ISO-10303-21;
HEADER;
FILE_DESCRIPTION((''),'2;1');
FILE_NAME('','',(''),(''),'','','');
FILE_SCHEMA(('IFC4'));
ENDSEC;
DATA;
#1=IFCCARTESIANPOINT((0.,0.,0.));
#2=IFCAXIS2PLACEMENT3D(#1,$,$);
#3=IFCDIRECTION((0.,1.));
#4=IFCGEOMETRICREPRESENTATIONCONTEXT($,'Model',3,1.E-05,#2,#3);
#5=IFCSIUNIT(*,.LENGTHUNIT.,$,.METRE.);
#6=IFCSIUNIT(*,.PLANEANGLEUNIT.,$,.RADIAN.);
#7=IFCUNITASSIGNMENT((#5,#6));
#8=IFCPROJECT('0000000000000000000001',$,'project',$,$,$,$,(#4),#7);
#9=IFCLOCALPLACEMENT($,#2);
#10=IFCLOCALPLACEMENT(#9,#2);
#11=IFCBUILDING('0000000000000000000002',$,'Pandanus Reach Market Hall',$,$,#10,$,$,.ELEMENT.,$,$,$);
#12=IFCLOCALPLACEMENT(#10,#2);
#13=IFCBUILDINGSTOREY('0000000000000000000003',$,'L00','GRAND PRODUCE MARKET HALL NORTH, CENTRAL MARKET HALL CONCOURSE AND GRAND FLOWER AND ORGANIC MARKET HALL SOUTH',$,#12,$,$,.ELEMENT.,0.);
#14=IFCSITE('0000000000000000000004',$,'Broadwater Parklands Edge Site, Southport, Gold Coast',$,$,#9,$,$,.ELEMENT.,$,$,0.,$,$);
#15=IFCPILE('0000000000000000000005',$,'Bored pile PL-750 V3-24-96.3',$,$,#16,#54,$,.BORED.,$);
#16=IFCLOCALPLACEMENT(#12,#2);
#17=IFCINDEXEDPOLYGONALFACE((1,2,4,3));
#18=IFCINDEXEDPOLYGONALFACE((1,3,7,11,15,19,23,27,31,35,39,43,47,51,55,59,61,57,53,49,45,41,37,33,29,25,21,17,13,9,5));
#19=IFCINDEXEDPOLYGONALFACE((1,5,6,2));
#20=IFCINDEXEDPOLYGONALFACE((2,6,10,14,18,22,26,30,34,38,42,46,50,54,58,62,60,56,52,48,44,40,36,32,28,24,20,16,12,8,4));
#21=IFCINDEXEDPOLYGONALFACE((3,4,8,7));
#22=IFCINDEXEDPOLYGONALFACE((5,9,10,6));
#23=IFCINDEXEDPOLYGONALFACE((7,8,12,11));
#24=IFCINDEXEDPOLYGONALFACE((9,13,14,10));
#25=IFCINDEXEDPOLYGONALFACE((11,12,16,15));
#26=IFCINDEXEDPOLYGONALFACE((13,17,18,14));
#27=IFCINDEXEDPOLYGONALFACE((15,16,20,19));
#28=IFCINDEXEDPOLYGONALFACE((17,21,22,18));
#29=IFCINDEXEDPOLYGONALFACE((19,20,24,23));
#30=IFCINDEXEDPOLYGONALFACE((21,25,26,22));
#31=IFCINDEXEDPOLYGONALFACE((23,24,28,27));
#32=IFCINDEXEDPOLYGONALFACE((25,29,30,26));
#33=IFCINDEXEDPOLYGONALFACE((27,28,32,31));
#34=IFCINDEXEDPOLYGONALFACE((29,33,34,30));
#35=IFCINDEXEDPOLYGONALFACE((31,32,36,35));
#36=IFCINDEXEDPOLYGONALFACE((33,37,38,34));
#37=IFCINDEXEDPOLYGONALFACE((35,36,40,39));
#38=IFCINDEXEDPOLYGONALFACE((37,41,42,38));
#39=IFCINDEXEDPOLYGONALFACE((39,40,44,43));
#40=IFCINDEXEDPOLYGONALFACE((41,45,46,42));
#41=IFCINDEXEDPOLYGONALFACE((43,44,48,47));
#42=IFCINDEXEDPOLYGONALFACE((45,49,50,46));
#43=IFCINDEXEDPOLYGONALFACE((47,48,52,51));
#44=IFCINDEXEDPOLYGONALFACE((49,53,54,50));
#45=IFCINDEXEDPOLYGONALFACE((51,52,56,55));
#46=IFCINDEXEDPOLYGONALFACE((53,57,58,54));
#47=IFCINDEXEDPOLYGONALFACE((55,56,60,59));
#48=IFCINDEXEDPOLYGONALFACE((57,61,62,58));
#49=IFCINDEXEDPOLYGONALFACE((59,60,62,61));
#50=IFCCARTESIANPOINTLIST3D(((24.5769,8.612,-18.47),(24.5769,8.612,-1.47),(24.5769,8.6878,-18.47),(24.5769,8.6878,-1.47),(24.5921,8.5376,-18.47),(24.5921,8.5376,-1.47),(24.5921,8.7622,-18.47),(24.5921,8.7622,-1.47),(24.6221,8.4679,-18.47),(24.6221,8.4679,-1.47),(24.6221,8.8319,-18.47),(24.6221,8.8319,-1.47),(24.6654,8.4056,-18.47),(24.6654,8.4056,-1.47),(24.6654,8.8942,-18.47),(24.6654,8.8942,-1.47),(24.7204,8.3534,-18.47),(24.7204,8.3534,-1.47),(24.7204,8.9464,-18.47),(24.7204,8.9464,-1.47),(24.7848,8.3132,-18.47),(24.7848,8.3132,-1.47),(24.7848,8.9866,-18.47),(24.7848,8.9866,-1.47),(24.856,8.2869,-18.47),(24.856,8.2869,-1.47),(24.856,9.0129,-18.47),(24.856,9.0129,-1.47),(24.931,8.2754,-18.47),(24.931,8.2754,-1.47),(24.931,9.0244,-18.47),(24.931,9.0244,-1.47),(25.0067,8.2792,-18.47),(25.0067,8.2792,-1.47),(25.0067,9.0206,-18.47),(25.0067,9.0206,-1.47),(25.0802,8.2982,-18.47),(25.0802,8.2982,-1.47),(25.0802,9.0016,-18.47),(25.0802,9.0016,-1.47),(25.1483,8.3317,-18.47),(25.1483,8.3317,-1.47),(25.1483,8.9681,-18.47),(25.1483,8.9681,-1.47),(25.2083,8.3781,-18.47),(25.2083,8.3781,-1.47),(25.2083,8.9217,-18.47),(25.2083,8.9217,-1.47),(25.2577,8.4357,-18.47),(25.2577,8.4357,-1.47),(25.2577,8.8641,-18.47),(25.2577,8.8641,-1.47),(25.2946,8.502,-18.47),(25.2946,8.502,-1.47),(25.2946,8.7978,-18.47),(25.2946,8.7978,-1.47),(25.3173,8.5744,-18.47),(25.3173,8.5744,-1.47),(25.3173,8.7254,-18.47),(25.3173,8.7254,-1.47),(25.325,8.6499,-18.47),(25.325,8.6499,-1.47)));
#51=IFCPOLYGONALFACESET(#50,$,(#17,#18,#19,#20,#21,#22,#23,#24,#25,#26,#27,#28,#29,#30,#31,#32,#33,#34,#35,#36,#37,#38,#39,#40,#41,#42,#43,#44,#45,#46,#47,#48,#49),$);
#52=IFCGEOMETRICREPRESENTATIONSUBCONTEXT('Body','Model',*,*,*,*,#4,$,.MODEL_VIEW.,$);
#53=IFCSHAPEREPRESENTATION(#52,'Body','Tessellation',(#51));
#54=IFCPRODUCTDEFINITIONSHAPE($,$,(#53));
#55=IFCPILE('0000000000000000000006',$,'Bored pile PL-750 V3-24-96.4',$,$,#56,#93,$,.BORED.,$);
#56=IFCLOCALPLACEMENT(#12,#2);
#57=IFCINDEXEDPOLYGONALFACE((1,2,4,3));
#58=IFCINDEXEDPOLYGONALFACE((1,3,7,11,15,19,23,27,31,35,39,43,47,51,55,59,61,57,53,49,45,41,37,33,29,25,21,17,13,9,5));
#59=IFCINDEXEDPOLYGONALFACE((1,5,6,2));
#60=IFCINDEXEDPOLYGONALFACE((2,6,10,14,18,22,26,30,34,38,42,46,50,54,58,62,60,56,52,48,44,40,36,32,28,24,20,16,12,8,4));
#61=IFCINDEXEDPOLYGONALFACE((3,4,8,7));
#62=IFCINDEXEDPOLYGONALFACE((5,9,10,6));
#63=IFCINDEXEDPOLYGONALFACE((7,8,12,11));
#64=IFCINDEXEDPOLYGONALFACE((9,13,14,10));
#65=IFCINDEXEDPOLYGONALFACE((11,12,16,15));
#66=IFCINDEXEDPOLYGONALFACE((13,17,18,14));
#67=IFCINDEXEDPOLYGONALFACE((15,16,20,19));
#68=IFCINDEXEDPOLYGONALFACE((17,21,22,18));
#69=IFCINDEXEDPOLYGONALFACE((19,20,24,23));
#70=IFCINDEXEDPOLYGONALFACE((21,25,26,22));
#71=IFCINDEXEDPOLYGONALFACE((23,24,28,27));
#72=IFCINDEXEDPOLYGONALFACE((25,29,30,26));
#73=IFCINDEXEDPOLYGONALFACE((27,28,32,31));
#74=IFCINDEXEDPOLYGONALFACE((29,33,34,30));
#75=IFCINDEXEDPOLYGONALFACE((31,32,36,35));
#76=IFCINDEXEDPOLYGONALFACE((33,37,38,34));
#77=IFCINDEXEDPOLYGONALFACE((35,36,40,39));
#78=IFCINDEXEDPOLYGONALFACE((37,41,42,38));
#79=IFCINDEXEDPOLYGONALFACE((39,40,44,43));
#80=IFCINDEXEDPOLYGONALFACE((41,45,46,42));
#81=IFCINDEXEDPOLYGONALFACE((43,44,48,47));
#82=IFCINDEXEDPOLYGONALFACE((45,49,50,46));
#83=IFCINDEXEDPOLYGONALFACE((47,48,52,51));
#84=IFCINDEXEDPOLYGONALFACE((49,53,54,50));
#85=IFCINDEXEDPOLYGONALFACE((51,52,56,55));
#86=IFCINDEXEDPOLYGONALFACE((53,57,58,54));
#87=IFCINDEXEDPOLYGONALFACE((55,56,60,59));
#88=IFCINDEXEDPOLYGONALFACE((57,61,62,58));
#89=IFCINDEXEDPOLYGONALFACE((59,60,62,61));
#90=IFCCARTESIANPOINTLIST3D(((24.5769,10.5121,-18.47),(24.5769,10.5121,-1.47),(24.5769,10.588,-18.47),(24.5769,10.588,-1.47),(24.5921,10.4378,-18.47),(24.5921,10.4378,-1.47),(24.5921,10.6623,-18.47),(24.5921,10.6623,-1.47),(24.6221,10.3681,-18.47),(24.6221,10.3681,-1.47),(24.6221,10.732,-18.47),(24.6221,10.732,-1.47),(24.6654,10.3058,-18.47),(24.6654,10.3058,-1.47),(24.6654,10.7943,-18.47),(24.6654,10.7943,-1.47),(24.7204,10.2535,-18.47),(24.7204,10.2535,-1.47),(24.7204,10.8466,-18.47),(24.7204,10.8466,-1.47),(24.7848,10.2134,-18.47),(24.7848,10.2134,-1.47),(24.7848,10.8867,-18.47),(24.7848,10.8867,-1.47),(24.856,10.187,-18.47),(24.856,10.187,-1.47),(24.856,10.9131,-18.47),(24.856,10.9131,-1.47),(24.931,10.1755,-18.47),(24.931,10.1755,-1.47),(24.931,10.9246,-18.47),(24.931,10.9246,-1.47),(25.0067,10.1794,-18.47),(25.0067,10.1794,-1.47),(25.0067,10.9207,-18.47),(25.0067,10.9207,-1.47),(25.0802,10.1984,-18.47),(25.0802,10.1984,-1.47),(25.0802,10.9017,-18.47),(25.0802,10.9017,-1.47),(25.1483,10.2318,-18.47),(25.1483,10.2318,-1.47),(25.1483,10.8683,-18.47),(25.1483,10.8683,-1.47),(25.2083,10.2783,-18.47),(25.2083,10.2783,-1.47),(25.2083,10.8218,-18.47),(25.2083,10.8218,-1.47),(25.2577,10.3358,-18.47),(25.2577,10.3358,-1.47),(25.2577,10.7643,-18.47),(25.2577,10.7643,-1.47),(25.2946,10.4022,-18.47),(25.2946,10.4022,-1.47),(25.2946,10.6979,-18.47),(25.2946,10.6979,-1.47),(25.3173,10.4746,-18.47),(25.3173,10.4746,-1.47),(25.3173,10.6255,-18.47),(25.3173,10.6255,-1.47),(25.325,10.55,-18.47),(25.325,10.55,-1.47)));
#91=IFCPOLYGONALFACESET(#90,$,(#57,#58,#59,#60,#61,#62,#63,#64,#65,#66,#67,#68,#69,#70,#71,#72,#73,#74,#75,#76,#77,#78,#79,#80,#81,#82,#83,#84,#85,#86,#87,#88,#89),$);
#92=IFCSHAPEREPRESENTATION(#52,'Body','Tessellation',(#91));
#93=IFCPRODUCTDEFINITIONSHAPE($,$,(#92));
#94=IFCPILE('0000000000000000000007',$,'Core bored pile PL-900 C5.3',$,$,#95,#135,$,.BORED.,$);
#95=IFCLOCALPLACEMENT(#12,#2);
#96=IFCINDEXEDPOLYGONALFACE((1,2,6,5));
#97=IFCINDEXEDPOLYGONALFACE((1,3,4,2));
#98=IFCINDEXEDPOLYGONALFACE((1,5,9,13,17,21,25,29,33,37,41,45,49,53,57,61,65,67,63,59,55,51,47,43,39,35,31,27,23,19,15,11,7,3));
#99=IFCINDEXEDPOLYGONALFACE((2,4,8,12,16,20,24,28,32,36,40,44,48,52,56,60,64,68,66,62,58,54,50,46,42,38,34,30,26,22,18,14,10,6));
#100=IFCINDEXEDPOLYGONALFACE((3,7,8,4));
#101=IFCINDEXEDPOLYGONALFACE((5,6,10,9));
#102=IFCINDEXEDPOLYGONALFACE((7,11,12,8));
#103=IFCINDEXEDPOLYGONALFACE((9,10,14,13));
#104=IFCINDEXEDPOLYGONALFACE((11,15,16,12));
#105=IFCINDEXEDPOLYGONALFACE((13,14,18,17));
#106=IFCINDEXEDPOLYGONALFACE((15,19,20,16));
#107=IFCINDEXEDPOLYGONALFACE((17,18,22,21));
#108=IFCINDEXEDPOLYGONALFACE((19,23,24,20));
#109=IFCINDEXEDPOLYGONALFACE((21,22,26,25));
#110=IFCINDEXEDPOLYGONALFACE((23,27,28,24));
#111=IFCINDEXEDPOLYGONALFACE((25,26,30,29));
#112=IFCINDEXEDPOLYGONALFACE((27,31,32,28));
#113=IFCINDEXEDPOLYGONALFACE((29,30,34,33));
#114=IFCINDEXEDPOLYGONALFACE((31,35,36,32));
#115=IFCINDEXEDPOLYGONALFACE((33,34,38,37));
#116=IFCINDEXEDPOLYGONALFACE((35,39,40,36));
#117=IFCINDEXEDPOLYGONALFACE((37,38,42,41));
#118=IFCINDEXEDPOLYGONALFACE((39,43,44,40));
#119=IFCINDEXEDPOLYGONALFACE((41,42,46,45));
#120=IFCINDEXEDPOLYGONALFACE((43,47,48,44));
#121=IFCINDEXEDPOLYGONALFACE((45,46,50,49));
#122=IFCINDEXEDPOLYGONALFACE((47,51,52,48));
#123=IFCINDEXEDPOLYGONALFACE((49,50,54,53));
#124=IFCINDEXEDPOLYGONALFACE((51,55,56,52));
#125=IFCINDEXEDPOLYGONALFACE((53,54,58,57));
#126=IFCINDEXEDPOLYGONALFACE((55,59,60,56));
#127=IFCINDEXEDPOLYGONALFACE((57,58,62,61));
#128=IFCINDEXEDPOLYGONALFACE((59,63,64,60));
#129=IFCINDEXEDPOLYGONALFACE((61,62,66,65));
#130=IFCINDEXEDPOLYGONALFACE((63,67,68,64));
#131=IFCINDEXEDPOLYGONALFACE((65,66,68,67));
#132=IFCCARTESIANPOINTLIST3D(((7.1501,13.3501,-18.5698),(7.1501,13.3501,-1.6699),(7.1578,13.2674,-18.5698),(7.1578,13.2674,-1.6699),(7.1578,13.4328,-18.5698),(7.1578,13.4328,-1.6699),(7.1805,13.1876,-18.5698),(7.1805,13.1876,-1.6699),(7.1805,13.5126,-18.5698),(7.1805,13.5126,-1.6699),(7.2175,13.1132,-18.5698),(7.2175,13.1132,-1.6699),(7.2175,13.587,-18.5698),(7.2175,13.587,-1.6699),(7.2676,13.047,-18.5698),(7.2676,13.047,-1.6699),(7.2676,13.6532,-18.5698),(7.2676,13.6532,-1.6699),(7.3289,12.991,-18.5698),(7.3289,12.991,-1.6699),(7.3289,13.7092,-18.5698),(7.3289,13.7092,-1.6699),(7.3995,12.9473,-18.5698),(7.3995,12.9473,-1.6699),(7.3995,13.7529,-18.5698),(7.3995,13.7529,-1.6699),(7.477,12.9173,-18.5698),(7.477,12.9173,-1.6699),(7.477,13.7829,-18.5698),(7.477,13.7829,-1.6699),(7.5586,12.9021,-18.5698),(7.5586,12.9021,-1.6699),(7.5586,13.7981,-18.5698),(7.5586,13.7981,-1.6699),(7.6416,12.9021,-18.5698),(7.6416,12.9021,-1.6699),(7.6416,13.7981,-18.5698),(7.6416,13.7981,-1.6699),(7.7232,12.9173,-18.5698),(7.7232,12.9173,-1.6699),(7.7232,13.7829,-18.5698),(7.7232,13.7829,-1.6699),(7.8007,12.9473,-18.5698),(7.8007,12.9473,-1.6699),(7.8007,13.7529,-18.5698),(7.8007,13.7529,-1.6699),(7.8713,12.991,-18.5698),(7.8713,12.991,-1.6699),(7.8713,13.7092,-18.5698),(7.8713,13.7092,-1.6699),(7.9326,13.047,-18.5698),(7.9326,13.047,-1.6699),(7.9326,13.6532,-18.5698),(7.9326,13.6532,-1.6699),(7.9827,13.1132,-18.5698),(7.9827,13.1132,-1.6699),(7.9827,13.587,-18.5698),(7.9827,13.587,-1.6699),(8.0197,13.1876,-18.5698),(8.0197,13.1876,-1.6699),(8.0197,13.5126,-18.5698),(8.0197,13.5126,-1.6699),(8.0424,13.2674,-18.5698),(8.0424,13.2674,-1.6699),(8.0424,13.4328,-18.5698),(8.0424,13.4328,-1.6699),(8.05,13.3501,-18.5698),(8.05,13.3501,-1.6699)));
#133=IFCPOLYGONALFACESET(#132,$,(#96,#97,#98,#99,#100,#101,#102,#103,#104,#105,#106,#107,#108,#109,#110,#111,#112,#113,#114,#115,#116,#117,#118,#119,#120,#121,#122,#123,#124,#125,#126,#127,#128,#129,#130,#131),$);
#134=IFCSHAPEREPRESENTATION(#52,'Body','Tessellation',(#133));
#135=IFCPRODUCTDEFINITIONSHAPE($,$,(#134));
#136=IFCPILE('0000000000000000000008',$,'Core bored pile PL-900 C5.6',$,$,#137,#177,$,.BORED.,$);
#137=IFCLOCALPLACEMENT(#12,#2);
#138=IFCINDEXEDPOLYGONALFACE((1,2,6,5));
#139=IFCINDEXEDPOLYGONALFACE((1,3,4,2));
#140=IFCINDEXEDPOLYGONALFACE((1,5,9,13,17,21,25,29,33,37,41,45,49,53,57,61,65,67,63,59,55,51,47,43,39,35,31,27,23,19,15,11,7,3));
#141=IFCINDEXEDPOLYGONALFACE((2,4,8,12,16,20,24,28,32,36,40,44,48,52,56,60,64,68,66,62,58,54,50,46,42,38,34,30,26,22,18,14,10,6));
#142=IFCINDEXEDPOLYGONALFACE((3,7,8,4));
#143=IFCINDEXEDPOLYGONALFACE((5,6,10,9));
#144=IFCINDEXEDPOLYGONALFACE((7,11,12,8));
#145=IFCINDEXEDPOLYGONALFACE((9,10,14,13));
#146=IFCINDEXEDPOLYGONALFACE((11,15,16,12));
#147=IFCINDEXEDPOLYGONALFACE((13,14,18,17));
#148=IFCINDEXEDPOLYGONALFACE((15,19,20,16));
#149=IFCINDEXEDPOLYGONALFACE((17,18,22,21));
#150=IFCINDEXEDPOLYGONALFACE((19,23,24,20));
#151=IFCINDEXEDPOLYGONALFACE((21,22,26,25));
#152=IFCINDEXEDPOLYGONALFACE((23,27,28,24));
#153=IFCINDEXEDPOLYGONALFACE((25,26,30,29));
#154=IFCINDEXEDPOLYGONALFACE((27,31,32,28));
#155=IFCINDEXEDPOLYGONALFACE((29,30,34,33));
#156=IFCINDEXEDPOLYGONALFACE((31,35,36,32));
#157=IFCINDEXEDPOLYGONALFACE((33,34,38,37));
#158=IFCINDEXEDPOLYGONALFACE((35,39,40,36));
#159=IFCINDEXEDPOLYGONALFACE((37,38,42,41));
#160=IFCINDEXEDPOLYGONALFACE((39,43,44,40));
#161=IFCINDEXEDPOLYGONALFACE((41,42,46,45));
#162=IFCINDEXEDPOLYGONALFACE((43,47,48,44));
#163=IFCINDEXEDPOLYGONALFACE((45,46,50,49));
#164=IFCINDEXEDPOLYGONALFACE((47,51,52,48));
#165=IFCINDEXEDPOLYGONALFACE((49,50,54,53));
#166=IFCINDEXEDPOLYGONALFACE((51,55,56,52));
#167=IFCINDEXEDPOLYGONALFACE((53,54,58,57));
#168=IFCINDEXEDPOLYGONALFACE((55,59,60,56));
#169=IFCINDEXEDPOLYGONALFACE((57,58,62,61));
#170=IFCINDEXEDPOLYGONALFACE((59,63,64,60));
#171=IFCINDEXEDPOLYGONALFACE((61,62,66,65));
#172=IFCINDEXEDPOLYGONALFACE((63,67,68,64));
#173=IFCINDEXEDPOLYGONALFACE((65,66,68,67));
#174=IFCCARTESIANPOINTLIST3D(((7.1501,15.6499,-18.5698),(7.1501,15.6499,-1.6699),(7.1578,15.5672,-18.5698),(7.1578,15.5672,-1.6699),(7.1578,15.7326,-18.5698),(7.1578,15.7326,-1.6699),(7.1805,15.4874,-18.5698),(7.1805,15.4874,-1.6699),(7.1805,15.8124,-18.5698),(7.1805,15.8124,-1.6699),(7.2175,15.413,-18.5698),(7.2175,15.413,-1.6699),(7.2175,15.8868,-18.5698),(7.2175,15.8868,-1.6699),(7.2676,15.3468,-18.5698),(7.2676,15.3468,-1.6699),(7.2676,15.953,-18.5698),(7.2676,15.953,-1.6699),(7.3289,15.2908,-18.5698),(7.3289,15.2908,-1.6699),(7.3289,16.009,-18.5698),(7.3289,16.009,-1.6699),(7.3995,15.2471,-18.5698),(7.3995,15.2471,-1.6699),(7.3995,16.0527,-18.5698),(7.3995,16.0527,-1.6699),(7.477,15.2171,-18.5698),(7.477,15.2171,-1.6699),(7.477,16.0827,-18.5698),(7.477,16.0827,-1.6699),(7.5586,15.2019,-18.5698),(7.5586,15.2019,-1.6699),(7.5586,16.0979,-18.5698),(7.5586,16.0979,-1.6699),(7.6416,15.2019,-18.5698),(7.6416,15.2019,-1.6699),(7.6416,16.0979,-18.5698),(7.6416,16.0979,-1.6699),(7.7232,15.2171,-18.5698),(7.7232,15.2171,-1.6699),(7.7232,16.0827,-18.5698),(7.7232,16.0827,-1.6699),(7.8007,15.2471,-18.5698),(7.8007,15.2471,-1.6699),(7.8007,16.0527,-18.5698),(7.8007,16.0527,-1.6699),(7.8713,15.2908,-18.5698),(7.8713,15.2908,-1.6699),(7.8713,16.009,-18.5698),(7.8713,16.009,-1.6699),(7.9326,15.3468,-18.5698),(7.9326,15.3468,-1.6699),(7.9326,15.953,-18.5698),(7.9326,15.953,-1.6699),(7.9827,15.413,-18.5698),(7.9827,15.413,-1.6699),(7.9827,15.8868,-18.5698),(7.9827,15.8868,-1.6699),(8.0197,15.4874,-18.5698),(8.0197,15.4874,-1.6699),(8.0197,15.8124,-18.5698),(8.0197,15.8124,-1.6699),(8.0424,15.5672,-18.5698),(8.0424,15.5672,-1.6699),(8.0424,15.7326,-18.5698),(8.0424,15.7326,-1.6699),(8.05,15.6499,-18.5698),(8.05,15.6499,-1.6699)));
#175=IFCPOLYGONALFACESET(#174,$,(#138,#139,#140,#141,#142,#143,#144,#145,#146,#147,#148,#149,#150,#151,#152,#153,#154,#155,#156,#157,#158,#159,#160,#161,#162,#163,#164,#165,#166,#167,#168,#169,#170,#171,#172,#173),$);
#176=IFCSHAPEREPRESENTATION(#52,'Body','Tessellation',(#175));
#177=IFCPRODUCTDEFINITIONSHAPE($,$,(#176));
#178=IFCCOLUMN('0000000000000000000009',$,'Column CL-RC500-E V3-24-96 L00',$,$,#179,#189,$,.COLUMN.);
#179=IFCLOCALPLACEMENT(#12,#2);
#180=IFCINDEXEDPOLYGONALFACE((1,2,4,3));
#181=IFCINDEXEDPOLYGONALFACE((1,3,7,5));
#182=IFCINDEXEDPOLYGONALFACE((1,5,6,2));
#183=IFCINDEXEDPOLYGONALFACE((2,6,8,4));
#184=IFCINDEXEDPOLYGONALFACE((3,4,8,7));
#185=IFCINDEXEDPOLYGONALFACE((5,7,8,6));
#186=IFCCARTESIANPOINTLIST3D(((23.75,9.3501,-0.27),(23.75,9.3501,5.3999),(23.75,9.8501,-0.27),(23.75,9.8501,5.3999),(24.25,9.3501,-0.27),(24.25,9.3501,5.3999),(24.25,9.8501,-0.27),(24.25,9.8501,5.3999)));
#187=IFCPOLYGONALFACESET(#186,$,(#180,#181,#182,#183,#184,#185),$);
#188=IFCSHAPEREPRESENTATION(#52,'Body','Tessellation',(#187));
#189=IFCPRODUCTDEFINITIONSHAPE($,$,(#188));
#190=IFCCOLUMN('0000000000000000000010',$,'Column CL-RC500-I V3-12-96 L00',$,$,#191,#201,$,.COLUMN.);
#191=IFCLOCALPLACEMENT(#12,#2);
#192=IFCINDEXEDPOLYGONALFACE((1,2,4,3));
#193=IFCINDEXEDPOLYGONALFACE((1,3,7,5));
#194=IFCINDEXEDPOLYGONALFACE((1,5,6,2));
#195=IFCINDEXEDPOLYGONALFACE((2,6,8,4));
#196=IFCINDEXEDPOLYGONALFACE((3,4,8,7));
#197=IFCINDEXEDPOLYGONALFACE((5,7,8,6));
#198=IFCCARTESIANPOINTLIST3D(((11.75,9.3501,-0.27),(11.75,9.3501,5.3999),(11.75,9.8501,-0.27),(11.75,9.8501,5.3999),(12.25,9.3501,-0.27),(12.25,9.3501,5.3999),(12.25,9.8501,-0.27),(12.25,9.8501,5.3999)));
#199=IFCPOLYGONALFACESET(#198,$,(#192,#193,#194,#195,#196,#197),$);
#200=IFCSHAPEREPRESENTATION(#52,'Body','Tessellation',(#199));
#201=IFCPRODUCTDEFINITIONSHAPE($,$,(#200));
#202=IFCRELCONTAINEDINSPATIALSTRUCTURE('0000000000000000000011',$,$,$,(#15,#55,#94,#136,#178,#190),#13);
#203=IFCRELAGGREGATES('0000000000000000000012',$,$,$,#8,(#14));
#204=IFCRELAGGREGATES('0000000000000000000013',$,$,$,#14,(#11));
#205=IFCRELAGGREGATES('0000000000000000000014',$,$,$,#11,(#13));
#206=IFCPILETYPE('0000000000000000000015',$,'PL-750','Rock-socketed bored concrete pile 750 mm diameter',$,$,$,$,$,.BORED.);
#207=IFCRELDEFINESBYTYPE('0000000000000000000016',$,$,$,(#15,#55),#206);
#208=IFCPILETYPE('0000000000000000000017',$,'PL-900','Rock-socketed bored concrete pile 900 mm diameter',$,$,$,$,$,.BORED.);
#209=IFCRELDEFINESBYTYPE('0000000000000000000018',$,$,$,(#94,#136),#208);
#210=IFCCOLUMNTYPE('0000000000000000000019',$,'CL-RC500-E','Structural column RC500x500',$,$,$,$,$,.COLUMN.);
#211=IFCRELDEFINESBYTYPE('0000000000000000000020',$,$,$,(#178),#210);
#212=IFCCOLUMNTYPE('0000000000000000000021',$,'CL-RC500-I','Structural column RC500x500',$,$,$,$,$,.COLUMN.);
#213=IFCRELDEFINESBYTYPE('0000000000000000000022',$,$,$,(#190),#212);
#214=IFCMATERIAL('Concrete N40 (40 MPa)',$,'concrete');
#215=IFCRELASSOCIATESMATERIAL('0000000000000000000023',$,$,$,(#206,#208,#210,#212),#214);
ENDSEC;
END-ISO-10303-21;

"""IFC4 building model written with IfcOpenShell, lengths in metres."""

from ifc_helpers import new_model, si_unit, direction, frame, origin, origin_2d, place, context, subcontext, project, spatial, rectangle, circle, extrude, material, material_profile, profile_set, type_object, element, save


model = new_model("IFC4")

# Units and contexts
model_context = context("Model", 3, precision=1e-05, world=origin(), true_north=direction((0.0, 1.0)))
body_context = subcontext(model_context, "Body", "Model", "MODEL_VIEW")
ifc_project = project(units=[si_unit("LENGTHUNIT", "METRE"), si_unit("PLANEANGLEUNIT", "RADIAN")], contexts=[model_context])

# Site, building, storey
site_placement = place(None, origin())
site = spatial("IfcSite", under=ifc_project, at=site_placement, Name="Broadwater Parklands Edge Site, Southport, Gold Coast", CompositionType="ELEMENT", RefElevation=0.0)
building_placement = place(site_placement, origin())
building = spatial("IfcBuilding", under=site, at=building_placement, Name="Pandanus Reach Market Hall", CompositionType="ELEMENT")
storey_placement = place(building_placement, origin())
storey = spatial("IfcBuildingStorey", under=building, at=storey_placement, Name="L00", Description="GRAND PRODUCE MARKET HALL NORTH, CENTRAL MARKET HALL CONCOURSE AND GRAND FLOWER AND ORGANIC MARKET HALL SOUTH", CompositionType="ELEMENT", Elevation=0.0)

# Shared definitions
ifc_material_1 = material(Name="Concrete N40 (40 MPa)", Category="concrete")

# Piles
ifc_material_profile_1 = material_profile(ifc_material_1, circle(Radius=0.375, at=origin_2d()), Name="PILE-750D", Category="LoadBearing")
ifc_profile_set_1 = profile_set([ifc_material_profile_1], Name="Concrete N40 (40 MPa)")
pile_type_1 = type_object("IfcPileType", Name="PL-750", Description="Rock-socketed bored concrete pile 750 mm diameter", PredefinedType="BORED", material=ifc_profile_set_1)
for number, where, z_axis, x_axis, name in (
    (1, (24.95, 8.6499, -1.47), (0.0, 0.0, -1.0), (1.0, 0.0, 0.0), "Bored pile PL-750 V3-24-96.3"),
    (2, (24.95, 10.55, -1.47), (0.0, 0.0, -1.0), (1.0, 0.0, 0.0), "Bored pile PL-750 V3-24-96.4"),
):
    element("IfcPile", number, at=place(storey_placement, frame(where, z_axis=z_axis, x_axis=x_axis)), inside=storey, type_object=pile_type_1, Name=name, PredefinedType="BORED", context=body_context, shape_type="SweptSolid", body=[
        extrude(circle(Radius=0.375, at=origin_2d()), origin(), (0.0, 0.0, 1.0), 17.0),
    ])
ifc_material_profile_2 = material_profile(ifc_material_1, circle(Radius=0.45, at=origin_2d()), Name="PILE-900D", Category="LoadBearing")
ifc_profile_set_2 = profile_set([ifc_material_profile_2], Name="Concrete N40 (40 MPa)")
pile_type_2 = type_object("IfcPileType", Name="PL-900", Description="Rock-socketed bored concrete pile 900 mm diameter", PredefinedType="BORED", material=ifc_profile_set_2)
for number, where, z_axis, x_axis, name in (
    (3, (7.6001, 13.3501, -1.6699), (0.0, 0.0, -1.0), (1.0, 0.0, 0.0), "Core bored pile PL-900 C5.3"),
    (4, (7.6001, 15.6499, -1.6699), (0.0, 0.0, -1.0), (1.0, 0.0, 0.0), "Core bored pile PL-900 C5.6"),
):
    element("IfcPile", number, at=place(storey_placement, frame(where, z_axis=z_axis, x_axis=x_axis)), inside=storey, type_object=pile_type_2, Name=name, PredefinedType="BORED", context=body_context, shape_type="SweptSolid", body=[
        extrude(circle(Radius=0.45, at=origin_2d()), origin(), (0.0, 0.0, 1.0), 16.8999),
    ])

# Columns
ifc_material_profile_3 = material_profile(ifc_material_1, rectangle(XDim=0.5, YDim=0.5, at=origin_2d()), Name="RC500x500", Category="LoadBearing")
ifc_profile_set_3 = profile_set([ifc_material_profile_3], Name="Concrete N40 (40 MPa)")
column_type_1 = type_object("IfcColumnType", Name="CL-RC500-E", Description="Structural column RC500x500", PredefinedType="COLUMN", material=ifc_profile_set_3)
column_1_placement = place(storey_placement, frame((24.0, 9.6001, -0.27), z_axis=(0.0, 0.0, 1.0), x_axis=(1.0, 0.0, 0.0)))
element("IfcColumn", 5, at=column_1_placement, inside=storey, type_object=column_type_1, Name="Column CL-RC500-E V3-24-96 L00", PredefinedType="COLUMN", context=body_context, shape_type="SweptSolid", body=[
    extrude(rectangle(XDim=0.5, YDim=0.5, at=origin_2d()), origin(), (0.0, 0.0, 1.0), 5.6699),
])
ifc_material_profile_4 = material_profile(ifc_material_1, rectangle(XDim=0.5, YDim=0.5, at=origin_2d()), Name="RC500x500", Category="LoadBearing")
ifc_profile_set_4 = profile_set([ifc_material_profile_4], Name="Concrete N40 (40 MPa)")
column_type_2 = type_object("IfcColumnType", Name="CL-RC500-I", Description="Structural column RC500x500", PredefinedType="COLUMN", material=ifc_profile_set_4)
column_2_placement = place(storey_placement, frame((12.0, 9.6001, -0.27), z_axis=(0.0, 0.0, 1.0), x_axis=(1.0, 0.0, 0.0)))
element("IfcColumn", 6, at=column_2_placement, inside=storey, type_object=column_type_2, Name="Column CL-RC500-I V3-12-96 L00", PredefinedType="COLUMN", context=body_context, shape_type="SweptSolid", body=[
    extrude(rectangle(XDim=0.5, YDim=0.5, at=origin_2d()), origin(), (0.0, 0.0, 1.0), 5.6699),
])

save(model, "model.ifc")
